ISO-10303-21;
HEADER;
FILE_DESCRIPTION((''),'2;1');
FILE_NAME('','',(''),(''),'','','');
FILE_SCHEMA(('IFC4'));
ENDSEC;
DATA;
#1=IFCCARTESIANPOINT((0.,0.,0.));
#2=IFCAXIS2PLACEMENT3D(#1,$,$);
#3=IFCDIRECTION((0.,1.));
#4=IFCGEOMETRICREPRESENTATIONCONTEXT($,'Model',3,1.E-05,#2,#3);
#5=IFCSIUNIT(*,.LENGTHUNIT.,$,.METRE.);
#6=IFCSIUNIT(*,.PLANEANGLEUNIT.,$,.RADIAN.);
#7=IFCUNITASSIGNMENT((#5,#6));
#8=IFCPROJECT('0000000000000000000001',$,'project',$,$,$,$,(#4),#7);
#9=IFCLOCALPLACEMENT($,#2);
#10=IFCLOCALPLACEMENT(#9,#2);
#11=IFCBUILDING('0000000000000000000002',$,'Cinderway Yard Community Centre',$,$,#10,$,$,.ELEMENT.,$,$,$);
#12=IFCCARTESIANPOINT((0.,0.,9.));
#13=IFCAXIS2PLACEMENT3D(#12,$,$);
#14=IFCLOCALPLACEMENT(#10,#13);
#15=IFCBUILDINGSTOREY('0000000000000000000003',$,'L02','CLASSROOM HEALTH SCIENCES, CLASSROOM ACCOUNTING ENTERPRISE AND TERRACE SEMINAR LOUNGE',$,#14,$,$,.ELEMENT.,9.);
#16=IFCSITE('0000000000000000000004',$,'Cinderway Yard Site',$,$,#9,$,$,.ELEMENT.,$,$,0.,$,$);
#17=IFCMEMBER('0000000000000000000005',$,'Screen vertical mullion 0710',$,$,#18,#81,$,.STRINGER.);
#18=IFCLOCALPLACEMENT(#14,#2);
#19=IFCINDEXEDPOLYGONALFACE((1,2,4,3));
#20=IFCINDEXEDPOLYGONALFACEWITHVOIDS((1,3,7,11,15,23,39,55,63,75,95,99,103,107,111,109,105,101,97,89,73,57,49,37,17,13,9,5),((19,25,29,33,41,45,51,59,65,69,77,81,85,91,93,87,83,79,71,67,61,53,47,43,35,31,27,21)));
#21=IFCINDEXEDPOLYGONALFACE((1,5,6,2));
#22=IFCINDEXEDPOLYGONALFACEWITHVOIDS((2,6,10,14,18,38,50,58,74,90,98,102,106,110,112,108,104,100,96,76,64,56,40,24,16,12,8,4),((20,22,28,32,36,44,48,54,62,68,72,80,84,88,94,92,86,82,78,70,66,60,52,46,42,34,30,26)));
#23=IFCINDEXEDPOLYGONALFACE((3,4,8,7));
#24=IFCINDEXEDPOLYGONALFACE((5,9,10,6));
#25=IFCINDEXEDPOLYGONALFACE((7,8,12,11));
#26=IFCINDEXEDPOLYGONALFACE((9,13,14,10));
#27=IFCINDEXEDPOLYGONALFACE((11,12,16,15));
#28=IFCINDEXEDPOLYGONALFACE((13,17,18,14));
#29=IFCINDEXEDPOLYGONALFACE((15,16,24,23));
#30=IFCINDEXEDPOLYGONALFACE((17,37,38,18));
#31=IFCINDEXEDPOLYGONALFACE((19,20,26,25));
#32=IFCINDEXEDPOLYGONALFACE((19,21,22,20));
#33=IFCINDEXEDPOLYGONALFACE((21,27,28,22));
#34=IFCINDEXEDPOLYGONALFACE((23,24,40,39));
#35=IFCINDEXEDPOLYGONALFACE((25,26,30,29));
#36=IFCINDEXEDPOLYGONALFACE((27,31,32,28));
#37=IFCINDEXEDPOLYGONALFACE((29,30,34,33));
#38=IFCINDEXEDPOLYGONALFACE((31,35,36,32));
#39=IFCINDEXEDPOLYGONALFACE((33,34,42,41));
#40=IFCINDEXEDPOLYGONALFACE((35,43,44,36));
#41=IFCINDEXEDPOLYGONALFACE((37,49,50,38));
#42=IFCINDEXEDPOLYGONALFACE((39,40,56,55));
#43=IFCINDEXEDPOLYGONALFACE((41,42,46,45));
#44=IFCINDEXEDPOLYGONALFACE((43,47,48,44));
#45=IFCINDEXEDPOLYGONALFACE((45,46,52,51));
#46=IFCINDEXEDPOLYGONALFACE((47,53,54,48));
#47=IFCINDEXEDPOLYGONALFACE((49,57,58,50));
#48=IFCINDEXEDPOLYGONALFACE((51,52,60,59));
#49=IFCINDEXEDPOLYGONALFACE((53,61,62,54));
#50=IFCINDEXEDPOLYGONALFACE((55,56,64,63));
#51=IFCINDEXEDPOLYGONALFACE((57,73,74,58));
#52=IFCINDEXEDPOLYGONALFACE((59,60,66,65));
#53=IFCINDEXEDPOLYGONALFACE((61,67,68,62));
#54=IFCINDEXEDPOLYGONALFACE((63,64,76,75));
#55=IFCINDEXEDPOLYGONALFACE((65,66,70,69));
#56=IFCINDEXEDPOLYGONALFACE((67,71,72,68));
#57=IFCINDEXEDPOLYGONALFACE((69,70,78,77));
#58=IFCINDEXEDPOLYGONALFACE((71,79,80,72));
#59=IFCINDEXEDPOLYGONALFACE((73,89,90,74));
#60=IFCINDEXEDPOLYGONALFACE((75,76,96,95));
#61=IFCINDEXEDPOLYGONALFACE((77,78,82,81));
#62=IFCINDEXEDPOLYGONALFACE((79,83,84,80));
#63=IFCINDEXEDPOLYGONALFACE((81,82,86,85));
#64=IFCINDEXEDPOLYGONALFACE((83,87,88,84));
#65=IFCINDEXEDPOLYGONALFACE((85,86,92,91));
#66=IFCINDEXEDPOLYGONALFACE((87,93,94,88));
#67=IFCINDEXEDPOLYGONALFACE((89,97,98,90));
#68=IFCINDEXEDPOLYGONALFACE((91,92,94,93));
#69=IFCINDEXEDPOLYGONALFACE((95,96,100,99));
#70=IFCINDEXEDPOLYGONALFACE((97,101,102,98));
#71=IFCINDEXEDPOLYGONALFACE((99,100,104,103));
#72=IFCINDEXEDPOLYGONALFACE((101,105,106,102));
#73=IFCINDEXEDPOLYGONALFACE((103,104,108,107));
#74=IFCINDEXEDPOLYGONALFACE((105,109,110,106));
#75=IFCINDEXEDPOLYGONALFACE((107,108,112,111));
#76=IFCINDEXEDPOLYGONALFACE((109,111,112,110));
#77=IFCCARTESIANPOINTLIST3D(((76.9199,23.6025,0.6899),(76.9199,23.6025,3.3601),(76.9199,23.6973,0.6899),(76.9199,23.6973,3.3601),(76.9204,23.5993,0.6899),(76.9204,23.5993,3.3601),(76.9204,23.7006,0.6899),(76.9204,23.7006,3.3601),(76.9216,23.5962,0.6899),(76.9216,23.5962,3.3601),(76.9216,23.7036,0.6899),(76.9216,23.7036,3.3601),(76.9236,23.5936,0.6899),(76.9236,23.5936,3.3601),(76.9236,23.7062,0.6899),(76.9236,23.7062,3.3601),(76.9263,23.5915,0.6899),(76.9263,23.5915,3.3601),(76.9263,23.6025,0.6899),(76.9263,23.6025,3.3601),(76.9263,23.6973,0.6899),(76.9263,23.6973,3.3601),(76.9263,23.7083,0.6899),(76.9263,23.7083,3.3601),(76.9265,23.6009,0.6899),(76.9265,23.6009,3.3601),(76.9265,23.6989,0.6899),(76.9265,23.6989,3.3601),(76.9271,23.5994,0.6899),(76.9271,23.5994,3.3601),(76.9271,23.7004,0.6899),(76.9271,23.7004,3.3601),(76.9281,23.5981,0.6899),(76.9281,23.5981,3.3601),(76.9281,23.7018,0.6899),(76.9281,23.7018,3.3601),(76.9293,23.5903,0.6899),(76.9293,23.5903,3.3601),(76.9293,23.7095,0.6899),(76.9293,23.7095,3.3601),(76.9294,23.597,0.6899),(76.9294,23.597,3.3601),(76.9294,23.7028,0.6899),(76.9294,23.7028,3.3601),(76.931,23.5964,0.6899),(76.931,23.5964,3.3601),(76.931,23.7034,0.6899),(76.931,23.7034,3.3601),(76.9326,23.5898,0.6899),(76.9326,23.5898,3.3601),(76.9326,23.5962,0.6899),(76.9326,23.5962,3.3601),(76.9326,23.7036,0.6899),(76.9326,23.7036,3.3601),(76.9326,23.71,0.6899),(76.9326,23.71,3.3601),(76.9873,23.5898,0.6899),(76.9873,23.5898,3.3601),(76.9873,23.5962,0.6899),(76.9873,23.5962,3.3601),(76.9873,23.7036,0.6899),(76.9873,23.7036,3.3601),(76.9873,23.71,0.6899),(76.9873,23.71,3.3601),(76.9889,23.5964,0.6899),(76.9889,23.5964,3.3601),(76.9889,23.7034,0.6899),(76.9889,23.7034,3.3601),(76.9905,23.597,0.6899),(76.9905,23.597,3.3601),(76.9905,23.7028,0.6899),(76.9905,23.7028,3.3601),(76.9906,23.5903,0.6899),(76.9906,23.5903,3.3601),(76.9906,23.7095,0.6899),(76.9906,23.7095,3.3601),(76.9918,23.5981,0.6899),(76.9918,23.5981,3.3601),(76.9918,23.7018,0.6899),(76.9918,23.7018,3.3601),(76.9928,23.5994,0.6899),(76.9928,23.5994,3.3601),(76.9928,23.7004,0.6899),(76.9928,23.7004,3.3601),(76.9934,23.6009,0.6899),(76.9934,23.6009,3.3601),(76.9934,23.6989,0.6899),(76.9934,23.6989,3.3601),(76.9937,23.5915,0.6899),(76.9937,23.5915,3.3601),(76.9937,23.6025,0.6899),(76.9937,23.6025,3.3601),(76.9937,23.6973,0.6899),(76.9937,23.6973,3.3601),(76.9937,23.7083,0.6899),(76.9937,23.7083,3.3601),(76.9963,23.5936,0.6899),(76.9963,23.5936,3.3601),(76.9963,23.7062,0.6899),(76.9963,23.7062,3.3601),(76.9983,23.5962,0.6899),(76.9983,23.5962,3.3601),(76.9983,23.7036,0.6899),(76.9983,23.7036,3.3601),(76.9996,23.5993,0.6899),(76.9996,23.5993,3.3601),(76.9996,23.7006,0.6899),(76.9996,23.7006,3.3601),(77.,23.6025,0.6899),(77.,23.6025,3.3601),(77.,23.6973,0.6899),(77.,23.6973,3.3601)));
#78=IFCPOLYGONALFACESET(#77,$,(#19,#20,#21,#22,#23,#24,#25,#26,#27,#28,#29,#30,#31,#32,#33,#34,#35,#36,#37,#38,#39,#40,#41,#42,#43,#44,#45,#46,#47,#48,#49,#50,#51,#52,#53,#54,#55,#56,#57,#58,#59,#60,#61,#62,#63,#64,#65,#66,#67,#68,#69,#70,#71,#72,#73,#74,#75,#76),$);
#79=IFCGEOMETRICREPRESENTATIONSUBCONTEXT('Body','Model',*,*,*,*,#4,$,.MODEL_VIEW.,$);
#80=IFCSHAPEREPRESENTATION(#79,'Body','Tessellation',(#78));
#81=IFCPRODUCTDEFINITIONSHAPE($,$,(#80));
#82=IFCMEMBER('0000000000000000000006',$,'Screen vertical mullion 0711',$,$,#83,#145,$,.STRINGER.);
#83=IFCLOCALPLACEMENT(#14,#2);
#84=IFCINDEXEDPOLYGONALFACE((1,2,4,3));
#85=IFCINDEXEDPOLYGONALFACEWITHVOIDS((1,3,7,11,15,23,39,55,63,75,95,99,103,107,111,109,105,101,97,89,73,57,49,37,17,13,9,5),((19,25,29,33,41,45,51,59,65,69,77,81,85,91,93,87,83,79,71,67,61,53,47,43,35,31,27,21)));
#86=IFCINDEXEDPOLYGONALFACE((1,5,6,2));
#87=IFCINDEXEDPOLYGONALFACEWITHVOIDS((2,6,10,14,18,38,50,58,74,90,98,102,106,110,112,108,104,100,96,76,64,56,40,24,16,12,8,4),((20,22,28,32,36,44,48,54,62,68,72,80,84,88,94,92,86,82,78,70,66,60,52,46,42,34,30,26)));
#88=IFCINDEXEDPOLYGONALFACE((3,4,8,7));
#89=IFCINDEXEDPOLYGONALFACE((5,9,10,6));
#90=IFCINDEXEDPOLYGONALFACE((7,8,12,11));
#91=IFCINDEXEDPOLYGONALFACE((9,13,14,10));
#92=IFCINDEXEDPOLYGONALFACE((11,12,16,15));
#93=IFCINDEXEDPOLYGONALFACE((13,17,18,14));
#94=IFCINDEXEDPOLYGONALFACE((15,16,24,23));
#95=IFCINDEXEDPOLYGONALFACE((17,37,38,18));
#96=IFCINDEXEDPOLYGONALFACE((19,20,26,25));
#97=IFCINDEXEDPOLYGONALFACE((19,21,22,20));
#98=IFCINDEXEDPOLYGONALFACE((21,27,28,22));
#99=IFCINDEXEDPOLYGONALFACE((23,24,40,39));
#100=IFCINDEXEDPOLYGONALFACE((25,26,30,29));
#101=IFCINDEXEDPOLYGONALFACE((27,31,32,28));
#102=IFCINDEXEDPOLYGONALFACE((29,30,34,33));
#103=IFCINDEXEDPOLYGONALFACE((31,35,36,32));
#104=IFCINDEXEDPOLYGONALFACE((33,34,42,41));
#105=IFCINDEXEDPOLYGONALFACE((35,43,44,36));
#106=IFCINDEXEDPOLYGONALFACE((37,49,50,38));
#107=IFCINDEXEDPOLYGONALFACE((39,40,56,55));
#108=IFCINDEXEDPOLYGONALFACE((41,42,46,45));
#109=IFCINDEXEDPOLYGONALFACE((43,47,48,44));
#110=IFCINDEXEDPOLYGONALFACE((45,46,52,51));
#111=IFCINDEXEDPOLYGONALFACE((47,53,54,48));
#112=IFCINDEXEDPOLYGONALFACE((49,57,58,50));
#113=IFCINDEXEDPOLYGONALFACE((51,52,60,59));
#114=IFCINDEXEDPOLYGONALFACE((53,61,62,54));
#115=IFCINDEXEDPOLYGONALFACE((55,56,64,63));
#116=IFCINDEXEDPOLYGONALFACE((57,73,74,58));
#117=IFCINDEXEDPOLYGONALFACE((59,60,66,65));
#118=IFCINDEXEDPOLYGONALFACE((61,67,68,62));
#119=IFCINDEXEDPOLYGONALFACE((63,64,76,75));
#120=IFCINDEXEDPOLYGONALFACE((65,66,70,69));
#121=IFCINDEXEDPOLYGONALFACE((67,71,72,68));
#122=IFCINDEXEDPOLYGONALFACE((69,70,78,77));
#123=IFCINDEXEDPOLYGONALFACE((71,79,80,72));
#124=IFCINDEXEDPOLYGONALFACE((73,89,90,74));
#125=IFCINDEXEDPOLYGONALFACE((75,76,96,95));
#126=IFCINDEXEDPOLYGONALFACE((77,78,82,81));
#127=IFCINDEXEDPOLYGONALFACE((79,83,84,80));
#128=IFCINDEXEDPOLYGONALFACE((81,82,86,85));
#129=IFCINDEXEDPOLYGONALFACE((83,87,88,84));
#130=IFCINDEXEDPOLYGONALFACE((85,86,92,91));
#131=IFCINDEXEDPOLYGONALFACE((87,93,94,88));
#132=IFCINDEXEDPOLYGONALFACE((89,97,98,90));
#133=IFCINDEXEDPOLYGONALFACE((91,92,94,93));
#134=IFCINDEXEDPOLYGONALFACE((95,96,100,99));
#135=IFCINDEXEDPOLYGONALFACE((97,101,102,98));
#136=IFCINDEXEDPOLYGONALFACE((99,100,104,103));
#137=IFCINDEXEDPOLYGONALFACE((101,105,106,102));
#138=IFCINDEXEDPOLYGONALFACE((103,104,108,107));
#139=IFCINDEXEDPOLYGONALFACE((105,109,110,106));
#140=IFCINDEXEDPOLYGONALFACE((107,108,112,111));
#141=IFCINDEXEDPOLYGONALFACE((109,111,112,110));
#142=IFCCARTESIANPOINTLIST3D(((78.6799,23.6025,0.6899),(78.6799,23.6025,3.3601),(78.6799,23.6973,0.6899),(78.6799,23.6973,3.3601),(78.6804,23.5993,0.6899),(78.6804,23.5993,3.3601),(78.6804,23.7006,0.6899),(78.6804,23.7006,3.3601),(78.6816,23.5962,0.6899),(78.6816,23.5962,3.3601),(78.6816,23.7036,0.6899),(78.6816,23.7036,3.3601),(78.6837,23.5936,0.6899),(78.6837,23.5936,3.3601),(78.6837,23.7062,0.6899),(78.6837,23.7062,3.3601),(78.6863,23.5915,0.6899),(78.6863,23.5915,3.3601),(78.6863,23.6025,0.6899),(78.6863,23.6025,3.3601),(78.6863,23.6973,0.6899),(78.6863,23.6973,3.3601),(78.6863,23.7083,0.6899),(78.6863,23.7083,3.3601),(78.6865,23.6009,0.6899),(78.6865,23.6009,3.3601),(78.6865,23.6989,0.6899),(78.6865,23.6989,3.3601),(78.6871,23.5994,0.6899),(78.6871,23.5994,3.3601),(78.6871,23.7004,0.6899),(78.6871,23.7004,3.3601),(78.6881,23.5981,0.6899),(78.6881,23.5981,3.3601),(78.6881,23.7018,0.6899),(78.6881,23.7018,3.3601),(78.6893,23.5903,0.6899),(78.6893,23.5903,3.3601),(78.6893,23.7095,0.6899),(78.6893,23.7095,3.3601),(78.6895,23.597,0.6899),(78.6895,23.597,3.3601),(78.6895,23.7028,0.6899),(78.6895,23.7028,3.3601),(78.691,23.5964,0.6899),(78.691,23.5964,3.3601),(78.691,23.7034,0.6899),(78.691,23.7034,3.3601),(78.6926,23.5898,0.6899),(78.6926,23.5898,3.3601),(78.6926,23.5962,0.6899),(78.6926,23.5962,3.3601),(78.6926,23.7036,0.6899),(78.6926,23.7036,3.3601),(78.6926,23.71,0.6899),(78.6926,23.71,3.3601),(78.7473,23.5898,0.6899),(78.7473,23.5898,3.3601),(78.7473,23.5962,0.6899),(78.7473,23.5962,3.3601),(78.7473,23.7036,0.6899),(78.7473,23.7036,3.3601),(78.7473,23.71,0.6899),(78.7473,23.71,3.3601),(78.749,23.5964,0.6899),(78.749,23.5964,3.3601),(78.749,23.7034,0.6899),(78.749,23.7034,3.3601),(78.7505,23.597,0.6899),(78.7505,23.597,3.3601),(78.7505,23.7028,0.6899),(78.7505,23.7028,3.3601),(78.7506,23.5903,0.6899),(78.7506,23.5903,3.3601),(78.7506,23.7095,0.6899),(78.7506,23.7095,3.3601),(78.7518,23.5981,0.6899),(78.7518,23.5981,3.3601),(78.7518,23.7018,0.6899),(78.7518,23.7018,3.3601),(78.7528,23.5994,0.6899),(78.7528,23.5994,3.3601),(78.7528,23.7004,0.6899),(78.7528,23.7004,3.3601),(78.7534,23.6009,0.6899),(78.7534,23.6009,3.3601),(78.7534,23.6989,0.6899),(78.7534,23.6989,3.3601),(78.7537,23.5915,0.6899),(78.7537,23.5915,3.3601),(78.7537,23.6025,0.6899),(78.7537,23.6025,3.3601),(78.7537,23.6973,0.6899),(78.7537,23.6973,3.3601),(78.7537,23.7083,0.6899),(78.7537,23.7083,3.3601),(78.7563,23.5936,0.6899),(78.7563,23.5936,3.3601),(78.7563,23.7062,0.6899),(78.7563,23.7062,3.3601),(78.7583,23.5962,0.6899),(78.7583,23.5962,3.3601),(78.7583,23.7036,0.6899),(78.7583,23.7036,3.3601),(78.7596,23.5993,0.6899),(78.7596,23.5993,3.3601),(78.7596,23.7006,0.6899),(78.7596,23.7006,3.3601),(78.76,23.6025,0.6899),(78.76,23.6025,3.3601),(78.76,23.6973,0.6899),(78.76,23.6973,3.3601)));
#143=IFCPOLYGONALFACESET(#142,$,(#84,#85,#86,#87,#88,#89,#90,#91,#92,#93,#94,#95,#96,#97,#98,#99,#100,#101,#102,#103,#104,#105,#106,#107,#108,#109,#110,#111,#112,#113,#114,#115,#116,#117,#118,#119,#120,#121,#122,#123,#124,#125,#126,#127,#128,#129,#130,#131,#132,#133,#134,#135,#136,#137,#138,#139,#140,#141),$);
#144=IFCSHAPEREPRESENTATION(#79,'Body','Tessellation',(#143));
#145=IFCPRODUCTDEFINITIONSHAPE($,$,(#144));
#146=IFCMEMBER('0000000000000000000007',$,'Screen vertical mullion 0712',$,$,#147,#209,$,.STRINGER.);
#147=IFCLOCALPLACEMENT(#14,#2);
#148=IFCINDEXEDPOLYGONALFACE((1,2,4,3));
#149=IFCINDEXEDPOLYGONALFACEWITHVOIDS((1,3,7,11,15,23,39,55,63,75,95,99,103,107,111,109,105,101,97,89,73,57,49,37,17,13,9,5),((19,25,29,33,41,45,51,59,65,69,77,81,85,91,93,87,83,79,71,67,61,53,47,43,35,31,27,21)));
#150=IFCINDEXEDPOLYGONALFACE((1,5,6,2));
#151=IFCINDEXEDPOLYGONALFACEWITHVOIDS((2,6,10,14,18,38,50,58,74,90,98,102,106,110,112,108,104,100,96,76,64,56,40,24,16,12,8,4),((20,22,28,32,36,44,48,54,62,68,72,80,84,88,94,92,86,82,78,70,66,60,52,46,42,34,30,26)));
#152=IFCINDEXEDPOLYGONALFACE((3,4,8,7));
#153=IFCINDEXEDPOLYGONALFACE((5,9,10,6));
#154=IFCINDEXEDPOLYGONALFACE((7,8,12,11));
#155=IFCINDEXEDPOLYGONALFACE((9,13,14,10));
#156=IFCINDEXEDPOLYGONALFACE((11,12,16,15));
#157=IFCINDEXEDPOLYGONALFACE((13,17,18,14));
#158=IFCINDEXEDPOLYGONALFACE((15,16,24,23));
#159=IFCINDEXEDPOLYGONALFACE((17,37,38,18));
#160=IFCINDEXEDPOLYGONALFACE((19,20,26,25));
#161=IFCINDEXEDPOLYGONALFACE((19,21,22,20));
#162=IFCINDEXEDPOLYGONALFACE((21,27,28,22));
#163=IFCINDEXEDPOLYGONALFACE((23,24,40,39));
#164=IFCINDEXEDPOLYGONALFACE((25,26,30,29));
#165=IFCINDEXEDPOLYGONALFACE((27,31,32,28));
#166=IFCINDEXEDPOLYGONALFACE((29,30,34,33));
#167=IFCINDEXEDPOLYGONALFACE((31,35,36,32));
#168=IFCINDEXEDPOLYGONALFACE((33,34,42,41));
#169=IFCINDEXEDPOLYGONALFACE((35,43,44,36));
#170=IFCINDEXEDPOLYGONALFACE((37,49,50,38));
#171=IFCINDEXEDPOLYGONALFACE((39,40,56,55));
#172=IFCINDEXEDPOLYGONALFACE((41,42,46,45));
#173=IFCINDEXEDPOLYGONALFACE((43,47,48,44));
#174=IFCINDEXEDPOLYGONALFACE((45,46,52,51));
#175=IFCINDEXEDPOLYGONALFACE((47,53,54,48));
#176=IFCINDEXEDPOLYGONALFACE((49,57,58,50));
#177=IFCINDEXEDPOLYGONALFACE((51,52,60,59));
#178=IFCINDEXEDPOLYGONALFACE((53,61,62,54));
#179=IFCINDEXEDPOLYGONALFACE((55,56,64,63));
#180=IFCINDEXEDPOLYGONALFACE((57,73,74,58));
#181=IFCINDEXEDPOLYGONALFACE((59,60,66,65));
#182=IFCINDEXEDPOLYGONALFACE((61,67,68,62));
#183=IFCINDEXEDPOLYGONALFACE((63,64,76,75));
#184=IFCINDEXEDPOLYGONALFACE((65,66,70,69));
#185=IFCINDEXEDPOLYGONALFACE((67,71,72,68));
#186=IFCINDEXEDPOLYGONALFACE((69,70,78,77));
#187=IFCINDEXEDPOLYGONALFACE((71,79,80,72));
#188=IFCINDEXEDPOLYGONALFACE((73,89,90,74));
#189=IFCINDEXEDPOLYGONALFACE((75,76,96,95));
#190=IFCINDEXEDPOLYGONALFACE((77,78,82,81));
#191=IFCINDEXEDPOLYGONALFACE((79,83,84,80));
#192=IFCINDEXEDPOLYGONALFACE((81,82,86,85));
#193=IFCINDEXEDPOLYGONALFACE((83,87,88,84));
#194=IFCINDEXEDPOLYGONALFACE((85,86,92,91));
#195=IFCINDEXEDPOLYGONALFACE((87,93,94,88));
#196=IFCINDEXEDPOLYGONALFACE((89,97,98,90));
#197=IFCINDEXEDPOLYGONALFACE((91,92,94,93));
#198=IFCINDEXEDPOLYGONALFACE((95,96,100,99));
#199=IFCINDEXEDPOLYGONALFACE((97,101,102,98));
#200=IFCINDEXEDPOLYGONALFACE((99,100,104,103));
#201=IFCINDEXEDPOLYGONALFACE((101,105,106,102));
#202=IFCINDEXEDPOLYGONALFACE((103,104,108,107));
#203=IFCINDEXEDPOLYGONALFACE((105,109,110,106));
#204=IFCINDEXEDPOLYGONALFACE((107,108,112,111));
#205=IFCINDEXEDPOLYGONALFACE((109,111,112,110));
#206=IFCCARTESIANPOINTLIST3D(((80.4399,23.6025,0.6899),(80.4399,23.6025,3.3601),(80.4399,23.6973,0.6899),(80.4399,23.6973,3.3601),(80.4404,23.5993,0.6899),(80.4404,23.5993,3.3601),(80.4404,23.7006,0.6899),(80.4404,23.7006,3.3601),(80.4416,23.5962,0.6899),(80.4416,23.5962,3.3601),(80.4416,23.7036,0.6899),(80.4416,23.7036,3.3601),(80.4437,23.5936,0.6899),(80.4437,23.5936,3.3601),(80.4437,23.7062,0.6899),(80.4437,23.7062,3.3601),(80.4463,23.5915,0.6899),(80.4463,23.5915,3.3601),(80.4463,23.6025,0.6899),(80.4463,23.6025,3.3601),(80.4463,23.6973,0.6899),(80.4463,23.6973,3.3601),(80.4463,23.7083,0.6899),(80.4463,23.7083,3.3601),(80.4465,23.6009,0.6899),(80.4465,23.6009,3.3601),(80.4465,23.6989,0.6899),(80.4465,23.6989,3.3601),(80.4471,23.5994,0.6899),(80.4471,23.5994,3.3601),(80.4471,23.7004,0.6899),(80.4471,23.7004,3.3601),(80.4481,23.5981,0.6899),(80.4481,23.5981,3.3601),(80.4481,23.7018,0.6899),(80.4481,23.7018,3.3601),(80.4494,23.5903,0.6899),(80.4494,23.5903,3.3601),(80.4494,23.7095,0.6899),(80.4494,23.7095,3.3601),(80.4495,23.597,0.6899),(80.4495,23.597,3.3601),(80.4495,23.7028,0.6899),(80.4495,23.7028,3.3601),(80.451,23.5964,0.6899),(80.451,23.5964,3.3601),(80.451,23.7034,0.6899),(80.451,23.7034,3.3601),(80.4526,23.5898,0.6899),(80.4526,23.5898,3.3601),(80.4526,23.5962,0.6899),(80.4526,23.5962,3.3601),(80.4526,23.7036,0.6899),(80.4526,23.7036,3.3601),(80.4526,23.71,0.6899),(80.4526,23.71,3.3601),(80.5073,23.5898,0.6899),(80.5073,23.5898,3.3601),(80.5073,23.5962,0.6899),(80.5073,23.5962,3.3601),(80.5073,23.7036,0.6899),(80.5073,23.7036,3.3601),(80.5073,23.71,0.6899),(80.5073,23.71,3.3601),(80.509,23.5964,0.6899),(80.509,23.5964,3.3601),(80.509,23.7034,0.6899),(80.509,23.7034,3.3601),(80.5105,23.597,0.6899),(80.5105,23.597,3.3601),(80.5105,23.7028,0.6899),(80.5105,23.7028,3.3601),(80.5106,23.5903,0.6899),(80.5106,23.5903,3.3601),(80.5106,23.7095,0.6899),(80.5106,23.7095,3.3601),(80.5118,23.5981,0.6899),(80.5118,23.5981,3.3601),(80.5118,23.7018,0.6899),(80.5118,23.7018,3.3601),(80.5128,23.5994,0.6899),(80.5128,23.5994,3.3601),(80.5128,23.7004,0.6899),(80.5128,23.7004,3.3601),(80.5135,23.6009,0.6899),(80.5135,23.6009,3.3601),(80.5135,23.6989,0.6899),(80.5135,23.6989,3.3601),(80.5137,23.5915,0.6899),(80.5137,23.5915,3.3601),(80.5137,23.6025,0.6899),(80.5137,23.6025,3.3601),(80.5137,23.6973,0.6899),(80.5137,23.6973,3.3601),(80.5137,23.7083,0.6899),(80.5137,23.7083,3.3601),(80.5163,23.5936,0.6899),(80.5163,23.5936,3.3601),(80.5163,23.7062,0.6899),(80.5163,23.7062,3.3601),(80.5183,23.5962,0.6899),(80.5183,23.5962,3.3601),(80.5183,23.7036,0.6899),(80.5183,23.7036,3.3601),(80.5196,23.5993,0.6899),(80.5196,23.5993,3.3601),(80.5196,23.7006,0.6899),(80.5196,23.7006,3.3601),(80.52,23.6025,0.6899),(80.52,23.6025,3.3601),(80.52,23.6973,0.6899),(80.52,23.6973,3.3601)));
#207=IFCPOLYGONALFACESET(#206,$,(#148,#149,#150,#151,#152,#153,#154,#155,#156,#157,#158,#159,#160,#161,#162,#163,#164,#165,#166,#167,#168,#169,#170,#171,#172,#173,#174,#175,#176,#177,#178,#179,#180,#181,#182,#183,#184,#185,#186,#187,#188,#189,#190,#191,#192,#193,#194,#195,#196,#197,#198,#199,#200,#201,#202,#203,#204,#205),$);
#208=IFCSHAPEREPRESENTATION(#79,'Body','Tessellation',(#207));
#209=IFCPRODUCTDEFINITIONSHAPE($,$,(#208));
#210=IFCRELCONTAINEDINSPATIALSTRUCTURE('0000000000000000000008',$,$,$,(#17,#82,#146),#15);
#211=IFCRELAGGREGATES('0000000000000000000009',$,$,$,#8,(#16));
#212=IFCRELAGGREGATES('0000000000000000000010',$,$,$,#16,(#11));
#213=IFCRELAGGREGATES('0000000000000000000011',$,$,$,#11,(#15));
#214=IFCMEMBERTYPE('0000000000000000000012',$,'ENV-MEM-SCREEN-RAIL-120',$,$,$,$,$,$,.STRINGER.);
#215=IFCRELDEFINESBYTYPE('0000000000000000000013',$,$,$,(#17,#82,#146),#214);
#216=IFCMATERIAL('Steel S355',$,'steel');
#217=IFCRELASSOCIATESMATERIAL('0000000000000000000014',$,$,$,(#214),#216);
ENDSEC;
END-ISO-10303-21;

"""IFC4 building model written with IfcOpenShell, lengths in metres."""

from ifc_helpers import new_model, si_unit, direction, frame, origin, origin_2d, place, context, subcontext, project, spatial, hollow_rectangle, extrude, material, material_profile, profile_set, type_object, element, save


model = new_model("IFC4")

# Units and contexts
model_context = context("Model", 3, precision=1e-05, world=origin(), true_north=direction((0.0, 1.0)))
body_context = subcontext(model_context, "Body", "Model", "MODEL_VIEW")
ifc_project = project(units=[si_unit("LENGTHUNIT", "METRE"), si_unit("PLANEANGLEUNIT", "RADIAN")], contexts=[model_context])

# Site, building, storey
site_placement = place(None, origin())
site = spatial("IfcSite", under=ifc_project, at=site_placement, Name="Cinderway Yard Site", CompositionType="ELEMENT", RefElevation=0.0)
building_placement = place(site_placement, origin())
building = spatial("IfcBuilding", under=site, at=building_placement, Name="Cinderway Yard Community Centre", CompositionType="ELEMENT")
storey_placement = place(building_placement, frame((0.0, 0.0, 9.0)))
storey = spatial("IfcBuildingStorey", under=building, at=storey_placement, Name="L02", Description="CLASSROOM HEALTH SCIENCES, CLASSROOM ACCOUNTING ENTERPRISE AND TERRACE SEMINAR LOUNGE", CompositionType="ELEMENT", Elevation=9.0)

# Members
ifc_material_1 = material(Name="Steel S355", Category="steel")
ifc_material_profile_1 = material_profile(ifc_material_1, hollow_rectangle(XDim=0.0801, YDim=0.1201, WallThickness=0.0063, InnerFilletRadius=0.0063, OuterFilletRadius=0.0127, at=origin_2d()), Name="Steel S355")
ifc_profile_set_1 = profile_set([ifc_material_profile_1], Name="Steel S355")
member_type_1 = type_object("IfcMemberType", Name="ENV-MEM-SCREEN-RAIL-120", PredefinedType="STRINGER", material=ifc_profile_set_1)
for number, where, z_axis, x_axis, name in (
    (1, (76.96, 23.6499, 0.6899), (0.0, 0.0, 1.0), (1.0, 0.0, 0.0), "Screen vertical mullion 0710"),
    (2, (78.72, 23.6499, 0.6899), (0.0, 0.0, 1.0), (1.0, 0.0, 0.0), "Screen vertical mullion 0711"),
    (3, (80.48, 23.6499, 0.6899), (0.0, 0.0, 1.0), (1.0, 0.0, 0.0), "Screen vertical mullion 0712"),
):
    element("IfcMember", number, at=place(storey_placement, frame(where, z_axis=z_axis, x_axis=x_axis)), inside=storey, type_object=member_type_1, Name=name, PredefinedType="STRINGER", context=body_context, shape_type="SweptSolid", body=[
        extrude(hollow_rectangle(XDim=0.0801, YDim=0.1201, WallThickness=0.0063, InnerFilletRadius=0.0063, OuterFilletRadius=0.0127, at=origin_2d()), origin(), (0.0, 0.0, 1.0), 2.6702),
    ])

save(model, "model.ifc")
